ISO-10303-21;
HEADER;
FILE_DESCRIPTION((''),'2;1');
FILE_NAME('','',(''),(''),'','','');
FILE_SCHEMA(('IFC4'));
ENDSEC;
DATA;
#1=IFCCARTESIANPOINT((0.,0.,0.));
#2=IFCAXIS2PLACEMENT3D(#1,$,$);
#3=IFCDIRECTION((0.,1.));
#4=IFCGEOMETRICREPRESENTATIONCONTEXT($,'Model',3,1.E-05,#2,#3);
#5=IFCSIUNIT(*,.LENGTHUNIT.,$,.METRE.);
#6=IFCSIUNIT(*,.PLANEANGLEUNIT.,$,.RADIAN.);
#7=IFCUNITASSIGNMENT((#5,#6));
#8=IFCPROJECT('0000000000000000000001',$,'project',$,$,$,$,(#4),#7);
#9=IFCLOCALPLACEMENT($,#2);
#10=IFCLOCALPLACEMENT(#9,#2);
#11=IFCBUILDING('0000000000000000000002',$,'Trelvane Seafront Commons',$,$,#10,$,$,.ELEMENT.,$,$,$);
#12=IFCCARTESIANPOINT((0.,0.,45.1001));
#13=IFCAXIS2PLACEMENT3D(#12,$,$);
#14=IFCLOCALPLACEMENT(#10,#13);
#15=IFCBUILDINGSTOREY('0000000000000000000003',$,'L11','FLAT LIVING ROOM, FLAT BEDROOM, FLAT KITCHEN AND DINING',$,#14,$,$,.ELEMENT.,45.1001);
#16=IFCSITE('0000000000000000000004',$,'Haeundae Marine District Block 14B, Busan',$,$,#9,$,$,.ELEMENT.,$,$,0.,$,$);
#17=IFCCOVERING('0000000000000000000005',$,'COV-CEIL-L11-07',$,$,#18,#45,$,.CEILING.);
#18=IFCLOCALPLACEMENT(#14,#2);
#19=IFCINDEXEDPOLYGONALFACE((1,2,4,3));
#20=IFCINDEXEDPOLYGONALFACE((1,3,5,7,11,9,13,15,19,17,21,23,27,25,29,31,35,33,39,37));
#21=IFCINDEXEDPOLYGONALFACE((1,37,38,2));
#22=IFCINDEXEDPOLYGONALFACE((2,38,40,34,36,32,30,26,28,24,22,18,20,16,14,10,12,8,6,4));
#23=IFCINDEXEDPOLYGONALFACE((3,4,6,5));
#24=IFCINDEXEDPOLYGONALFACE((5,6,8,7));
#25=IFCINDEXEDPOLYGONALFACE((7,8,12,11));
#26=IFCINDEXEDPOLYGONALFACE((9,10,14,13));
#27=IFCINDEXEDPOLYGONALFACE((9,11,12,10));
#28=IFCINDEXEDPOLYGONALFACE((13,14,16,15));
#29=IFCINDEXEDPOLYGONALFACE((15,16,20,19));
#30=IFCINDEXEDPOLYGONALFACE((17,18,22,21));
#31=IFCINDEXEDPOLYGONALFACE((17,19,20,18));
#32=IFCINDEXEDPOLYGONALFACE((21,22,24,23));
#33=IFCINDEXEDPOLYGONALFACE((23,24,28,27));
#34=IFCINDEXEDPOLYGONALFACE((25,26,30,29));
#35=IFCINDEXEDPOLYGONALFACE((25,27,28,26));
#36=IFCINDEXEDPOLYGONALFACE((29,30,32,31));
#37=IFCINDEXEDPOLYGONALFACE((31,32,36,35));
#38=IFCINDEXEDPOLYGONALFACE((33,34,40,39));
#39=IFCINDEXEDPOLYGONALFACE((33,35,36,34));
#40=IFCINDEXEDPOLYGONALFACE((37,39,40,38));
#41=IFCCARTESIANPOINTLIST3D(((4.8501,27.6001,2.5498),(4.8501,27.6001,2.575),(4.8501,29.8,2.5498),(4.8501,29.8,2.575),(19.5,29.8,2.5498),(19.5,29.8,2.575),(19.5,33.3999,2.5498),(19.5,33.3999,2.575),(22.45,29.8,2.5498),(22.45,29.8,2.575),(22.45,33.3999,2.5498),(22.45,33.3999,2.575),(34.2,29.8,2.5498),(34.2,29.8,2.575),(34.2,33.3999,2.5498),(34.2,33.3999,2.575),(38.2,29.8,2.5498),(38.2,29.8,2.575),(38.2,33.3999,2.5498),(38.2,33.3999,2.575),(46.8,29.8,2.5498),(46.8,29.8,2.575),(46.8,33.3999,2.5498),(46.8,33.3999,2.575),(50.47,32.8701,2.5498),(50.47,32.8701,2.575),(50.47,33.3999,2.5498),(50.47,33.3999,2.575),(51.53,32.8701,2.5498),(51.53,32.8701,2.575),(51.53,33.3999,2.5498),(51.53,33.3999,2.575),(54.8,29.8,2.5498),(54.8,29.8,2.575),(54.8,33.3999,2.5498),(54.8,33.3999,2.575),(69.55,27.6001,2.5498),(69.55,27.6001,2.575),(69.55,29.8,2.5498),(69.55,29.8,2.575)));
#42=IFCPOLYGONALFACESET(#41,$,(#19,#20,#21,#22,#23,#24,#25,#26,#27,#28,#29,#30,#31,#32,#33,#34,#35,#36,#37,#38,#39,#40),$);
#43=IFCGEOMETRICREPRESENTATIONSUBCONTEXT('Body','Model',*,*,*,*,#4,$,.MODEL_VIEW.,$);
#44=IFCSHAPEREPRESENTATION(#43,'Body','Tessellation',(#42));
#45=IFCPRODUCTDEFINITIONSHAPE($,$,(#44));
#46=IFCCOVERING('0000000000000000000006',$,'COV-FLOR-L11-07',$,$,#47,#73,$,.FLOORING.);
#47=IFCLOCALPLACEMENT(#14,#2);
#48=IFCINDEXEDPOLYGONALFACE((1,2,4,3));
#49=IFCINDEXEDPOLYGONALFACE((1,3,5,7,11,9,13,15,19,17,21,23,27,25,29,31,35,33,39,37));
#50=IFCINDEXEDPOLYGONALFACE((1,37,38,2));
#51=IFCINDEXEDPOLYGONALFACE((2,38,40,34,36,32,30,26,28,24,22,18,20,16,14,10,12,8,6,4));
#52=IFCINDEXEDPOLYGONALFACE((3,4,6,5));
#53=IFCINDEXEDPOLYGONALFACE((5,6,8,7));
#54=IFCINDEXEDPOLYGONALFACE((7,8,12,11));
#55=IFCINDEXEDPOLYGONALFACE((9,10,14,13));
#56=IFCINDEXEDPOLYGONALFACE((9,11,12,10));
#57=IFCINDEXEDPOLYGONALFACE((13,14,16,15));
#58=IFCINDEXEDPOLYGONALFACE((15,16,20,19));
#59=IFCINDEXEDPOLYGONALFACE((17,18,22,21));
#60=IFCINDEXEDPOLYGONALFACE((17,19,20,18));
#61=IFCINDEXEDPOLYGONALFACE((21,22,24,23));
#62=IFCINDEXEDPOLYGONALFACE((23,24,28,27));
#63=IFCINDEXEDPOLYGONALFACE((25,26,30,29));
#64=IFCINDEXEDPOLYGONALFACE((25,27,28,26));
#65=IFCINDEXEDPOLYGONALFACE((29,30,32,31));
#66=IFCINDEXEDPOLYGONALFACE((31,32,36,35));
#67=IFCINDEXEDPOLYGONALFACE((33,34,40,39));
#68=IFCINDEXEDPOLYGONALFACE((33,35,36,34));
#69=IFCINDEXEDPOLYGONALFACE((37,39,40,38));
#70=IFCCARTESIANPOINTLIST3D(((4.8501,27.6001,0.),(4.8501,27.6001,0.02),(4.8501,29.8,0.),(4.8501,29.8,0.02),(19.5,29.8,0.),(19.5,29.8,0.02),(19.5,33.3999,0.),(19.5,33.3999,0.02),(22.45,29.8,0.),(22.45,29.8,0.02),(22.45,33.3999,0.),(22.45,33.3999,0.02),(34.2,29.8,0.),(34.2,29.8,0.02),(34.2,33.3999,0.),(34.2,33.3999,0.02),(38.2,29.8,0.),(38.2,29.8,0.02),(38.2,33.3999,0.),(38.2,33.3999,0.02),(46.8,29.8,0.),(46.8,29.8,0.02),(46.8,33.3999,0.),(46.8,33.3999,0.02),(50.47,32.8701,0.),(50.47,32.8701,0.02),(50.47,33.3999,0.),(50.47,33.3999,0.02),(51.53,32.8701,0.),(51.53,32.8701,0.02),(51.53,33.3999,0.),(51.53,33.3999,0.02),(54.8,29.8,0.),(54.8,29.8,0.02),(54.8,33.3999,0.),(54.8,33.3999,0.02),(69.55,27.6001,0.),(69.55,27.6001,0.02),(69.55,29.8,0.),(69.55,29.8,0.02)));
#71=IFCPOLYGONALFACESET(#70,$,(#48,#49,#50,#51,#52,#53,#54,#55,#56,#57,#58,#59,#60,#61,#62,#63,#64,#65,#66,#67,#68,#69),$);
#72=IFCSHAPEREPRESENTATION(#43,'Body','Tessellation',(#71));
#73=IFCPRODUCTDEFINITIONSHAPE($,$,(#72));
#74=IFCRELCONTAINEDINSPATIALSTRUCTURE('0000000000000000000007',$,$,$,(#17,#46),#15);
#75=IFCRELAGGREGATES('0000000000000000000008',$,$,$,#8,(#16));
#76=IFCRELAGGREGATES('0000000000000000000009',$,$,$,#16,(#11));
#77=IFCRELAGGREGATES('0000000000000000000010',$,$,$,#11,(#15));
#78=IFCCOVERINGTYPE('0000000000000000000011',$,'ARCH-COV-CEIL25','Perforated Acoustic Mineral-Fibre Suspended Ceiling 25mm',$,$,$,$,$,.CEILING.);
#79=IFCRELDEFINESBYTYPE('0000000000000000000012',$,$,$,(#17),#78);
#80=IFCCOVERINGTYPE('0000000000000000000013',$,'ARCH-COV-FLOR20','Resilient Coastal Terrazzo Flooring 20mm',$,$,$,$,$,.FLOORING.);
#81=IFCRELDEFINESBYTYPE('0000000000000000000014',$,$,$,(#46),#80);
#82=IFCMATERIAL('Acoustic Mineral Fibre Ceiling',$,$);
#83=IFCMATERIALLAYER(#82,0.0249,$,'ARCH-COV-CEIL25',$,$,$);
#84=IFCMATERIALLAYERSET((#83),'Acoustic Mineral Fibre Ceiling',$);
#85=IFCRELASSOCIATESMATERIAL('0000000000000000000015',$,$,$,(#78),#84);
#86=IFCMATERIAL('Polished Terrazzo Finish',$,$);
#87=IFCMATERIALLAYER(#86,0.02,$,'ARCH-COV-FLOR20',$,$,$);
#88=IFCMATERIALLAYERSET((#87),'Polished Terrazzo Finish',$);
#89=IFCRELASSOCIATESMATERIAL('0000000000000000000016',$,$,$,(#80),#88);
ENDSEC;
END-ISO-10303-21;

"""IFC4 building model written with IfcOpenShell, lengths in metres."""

from ifc_helpers import new_model, si_unit, direction, frame, origin, place, context, subcontext, project, spatial, polyline, outline, extrude, material, layer, layer_set, type_object, element, save


model = new_model("IFC4")

# Units and contexts
model_context = context("Model", 3, precision=1e-05, world=origin(), true_north=direction((0.0, 1.0)))
body_context = subcontext(model_context, "Body", "Model", "MODEL_VIEW")
ifc_project = project(units=[si_unit("LENGTHUNIT", "METRE"), si_unit("PLANEANGLEUNIT", "RADIAN")], contexts=[model_context])

# Site, building, storey
site_placement = place(None, origin())
site = spatial("IfcSite", under=ifc_project, at=site_placement, Name="Haeundae Marine District Block 14B, Busan", CompositionType="ELEMENT", RefElevation=0.0)
building_placement = place(site_placement, origin())
building = spatial("IfcBuilding", under=site, at=building_placement, Name="Trelvane Seafront Commons", CompositionType="ELEMENT")
storey_placement = place(building_placement, frame((0.0, 0.0, 45.1001)))
storey = spatial("IfcBuildingStorey", under=building, at=storey_placement, Name="L11", Description="FLAT LIVING ROOM, FLAT BEDROOM, FLAT KITCHEN AND DINING", CompositionType="ELEMENT", Elevation=45.1001)

# Coverings
ifc_material_1 = material(Name="Acoustic Mineral Fibre Ceiling")
ifc_layer_1 = layer(ifc_material_1, 0.0249, Name="ARCH-COV-CEIL25")
ifc_layer_set_1 = layer_set([ifc_layer_1], Name="Acoustic Mineral Fibre Ceiling")
covering_type_1 = type_object("IfcCoveringType", Name="ARCH-COV-CEIL25", Description="Perforated Acoustic Mineral-Fibre Suspended Ceiling 25mm", PredefinedType="CEILING", material=ifc_layer_set_1)
covering_1_placement = place(storey_placement, frame((0.0, 0.0, 2.5498)))
element("IfcCovering", 1, at=covering_1_placement, inside=storey, type_object=covering_type_1, Name="COV-CEIL-L11-07", PredefinedType="CEILING", context=body_context, shape_type="SweptSolid", body=[
    extrude(outline(polyline([(51.53, 33.3999), (51.53, 32.8701), (50.47, 32.8701), (50.47, 33.3999), (46.8, 33.3999), (46.8, 29.8), (38.2, 29.8), (38.2, 33.3999), (34.2, 33.3999), (34.2, 29.8), (22.45, 29.8), (22.45, 33.3999), (19.5, 33.3999), (19.5, 29.8), (4.8501, 29.8), (4.8501, 27.6001), (69.55, 27.6001), (69.55, 29.8), (54.8, 29.8), (54.8, 33.3999), (51.53, 33.3999)])), origin(), (0.0, 0.0, 1.0), 0.0251),
])
ifc_material_2 = material(Name="Polished Terrazzo Finish")
ifc_layer_2 = layer(ifc_material_2, 0.02, Name="ARCH-COV-FLOR20")
ifc_layer_set_2 = layer_set([ifc_layer_2], Name="Polished Terrazzo Finish")
covering_type_2 = type_object("IfcCoveringType", Name="ARCH-COV-FLOR20", Description="Resilient Coastal Terrazzo Flooring 20mm", PredefinedType="FLOORING", material=ifc_layer_set_2)
covering_2_placement = place(storey_placement, origin())
element("IfcCovering", 2, at=covering_2_placement, inside=storey, type_object=covering_type_2, Name="COV-FLOR-L11-07", PredefinedType="FLOORING", context=body_context, shape_type="SweptSolid", body=[
    extrude(outline(polyline([(51.53, 33.3999), (51.53, 32.8701), (50.47, 32.8701), (50.47, 33.3999), (46.8, 33.3999), (46.8, 29.8), (38.2, 29.8), (38.2, 33.3999), (34.2, 33.3999), (34.2, 29.8), (22.45, 29.8), (22.45, 33.3999), (19.5, 33.3999), (19.5, 29.8), (4.8501, 29.8), (4.8501, 27.6001), (69.55, 27.6001), (69.55, 29.8), (54.8, 29.8), (54.8, 33.3999), (51.53, 33.3999)])), origin(), (0.0, 0.0, 1.0), 0.02),
])

save(model, "model.ifc")
